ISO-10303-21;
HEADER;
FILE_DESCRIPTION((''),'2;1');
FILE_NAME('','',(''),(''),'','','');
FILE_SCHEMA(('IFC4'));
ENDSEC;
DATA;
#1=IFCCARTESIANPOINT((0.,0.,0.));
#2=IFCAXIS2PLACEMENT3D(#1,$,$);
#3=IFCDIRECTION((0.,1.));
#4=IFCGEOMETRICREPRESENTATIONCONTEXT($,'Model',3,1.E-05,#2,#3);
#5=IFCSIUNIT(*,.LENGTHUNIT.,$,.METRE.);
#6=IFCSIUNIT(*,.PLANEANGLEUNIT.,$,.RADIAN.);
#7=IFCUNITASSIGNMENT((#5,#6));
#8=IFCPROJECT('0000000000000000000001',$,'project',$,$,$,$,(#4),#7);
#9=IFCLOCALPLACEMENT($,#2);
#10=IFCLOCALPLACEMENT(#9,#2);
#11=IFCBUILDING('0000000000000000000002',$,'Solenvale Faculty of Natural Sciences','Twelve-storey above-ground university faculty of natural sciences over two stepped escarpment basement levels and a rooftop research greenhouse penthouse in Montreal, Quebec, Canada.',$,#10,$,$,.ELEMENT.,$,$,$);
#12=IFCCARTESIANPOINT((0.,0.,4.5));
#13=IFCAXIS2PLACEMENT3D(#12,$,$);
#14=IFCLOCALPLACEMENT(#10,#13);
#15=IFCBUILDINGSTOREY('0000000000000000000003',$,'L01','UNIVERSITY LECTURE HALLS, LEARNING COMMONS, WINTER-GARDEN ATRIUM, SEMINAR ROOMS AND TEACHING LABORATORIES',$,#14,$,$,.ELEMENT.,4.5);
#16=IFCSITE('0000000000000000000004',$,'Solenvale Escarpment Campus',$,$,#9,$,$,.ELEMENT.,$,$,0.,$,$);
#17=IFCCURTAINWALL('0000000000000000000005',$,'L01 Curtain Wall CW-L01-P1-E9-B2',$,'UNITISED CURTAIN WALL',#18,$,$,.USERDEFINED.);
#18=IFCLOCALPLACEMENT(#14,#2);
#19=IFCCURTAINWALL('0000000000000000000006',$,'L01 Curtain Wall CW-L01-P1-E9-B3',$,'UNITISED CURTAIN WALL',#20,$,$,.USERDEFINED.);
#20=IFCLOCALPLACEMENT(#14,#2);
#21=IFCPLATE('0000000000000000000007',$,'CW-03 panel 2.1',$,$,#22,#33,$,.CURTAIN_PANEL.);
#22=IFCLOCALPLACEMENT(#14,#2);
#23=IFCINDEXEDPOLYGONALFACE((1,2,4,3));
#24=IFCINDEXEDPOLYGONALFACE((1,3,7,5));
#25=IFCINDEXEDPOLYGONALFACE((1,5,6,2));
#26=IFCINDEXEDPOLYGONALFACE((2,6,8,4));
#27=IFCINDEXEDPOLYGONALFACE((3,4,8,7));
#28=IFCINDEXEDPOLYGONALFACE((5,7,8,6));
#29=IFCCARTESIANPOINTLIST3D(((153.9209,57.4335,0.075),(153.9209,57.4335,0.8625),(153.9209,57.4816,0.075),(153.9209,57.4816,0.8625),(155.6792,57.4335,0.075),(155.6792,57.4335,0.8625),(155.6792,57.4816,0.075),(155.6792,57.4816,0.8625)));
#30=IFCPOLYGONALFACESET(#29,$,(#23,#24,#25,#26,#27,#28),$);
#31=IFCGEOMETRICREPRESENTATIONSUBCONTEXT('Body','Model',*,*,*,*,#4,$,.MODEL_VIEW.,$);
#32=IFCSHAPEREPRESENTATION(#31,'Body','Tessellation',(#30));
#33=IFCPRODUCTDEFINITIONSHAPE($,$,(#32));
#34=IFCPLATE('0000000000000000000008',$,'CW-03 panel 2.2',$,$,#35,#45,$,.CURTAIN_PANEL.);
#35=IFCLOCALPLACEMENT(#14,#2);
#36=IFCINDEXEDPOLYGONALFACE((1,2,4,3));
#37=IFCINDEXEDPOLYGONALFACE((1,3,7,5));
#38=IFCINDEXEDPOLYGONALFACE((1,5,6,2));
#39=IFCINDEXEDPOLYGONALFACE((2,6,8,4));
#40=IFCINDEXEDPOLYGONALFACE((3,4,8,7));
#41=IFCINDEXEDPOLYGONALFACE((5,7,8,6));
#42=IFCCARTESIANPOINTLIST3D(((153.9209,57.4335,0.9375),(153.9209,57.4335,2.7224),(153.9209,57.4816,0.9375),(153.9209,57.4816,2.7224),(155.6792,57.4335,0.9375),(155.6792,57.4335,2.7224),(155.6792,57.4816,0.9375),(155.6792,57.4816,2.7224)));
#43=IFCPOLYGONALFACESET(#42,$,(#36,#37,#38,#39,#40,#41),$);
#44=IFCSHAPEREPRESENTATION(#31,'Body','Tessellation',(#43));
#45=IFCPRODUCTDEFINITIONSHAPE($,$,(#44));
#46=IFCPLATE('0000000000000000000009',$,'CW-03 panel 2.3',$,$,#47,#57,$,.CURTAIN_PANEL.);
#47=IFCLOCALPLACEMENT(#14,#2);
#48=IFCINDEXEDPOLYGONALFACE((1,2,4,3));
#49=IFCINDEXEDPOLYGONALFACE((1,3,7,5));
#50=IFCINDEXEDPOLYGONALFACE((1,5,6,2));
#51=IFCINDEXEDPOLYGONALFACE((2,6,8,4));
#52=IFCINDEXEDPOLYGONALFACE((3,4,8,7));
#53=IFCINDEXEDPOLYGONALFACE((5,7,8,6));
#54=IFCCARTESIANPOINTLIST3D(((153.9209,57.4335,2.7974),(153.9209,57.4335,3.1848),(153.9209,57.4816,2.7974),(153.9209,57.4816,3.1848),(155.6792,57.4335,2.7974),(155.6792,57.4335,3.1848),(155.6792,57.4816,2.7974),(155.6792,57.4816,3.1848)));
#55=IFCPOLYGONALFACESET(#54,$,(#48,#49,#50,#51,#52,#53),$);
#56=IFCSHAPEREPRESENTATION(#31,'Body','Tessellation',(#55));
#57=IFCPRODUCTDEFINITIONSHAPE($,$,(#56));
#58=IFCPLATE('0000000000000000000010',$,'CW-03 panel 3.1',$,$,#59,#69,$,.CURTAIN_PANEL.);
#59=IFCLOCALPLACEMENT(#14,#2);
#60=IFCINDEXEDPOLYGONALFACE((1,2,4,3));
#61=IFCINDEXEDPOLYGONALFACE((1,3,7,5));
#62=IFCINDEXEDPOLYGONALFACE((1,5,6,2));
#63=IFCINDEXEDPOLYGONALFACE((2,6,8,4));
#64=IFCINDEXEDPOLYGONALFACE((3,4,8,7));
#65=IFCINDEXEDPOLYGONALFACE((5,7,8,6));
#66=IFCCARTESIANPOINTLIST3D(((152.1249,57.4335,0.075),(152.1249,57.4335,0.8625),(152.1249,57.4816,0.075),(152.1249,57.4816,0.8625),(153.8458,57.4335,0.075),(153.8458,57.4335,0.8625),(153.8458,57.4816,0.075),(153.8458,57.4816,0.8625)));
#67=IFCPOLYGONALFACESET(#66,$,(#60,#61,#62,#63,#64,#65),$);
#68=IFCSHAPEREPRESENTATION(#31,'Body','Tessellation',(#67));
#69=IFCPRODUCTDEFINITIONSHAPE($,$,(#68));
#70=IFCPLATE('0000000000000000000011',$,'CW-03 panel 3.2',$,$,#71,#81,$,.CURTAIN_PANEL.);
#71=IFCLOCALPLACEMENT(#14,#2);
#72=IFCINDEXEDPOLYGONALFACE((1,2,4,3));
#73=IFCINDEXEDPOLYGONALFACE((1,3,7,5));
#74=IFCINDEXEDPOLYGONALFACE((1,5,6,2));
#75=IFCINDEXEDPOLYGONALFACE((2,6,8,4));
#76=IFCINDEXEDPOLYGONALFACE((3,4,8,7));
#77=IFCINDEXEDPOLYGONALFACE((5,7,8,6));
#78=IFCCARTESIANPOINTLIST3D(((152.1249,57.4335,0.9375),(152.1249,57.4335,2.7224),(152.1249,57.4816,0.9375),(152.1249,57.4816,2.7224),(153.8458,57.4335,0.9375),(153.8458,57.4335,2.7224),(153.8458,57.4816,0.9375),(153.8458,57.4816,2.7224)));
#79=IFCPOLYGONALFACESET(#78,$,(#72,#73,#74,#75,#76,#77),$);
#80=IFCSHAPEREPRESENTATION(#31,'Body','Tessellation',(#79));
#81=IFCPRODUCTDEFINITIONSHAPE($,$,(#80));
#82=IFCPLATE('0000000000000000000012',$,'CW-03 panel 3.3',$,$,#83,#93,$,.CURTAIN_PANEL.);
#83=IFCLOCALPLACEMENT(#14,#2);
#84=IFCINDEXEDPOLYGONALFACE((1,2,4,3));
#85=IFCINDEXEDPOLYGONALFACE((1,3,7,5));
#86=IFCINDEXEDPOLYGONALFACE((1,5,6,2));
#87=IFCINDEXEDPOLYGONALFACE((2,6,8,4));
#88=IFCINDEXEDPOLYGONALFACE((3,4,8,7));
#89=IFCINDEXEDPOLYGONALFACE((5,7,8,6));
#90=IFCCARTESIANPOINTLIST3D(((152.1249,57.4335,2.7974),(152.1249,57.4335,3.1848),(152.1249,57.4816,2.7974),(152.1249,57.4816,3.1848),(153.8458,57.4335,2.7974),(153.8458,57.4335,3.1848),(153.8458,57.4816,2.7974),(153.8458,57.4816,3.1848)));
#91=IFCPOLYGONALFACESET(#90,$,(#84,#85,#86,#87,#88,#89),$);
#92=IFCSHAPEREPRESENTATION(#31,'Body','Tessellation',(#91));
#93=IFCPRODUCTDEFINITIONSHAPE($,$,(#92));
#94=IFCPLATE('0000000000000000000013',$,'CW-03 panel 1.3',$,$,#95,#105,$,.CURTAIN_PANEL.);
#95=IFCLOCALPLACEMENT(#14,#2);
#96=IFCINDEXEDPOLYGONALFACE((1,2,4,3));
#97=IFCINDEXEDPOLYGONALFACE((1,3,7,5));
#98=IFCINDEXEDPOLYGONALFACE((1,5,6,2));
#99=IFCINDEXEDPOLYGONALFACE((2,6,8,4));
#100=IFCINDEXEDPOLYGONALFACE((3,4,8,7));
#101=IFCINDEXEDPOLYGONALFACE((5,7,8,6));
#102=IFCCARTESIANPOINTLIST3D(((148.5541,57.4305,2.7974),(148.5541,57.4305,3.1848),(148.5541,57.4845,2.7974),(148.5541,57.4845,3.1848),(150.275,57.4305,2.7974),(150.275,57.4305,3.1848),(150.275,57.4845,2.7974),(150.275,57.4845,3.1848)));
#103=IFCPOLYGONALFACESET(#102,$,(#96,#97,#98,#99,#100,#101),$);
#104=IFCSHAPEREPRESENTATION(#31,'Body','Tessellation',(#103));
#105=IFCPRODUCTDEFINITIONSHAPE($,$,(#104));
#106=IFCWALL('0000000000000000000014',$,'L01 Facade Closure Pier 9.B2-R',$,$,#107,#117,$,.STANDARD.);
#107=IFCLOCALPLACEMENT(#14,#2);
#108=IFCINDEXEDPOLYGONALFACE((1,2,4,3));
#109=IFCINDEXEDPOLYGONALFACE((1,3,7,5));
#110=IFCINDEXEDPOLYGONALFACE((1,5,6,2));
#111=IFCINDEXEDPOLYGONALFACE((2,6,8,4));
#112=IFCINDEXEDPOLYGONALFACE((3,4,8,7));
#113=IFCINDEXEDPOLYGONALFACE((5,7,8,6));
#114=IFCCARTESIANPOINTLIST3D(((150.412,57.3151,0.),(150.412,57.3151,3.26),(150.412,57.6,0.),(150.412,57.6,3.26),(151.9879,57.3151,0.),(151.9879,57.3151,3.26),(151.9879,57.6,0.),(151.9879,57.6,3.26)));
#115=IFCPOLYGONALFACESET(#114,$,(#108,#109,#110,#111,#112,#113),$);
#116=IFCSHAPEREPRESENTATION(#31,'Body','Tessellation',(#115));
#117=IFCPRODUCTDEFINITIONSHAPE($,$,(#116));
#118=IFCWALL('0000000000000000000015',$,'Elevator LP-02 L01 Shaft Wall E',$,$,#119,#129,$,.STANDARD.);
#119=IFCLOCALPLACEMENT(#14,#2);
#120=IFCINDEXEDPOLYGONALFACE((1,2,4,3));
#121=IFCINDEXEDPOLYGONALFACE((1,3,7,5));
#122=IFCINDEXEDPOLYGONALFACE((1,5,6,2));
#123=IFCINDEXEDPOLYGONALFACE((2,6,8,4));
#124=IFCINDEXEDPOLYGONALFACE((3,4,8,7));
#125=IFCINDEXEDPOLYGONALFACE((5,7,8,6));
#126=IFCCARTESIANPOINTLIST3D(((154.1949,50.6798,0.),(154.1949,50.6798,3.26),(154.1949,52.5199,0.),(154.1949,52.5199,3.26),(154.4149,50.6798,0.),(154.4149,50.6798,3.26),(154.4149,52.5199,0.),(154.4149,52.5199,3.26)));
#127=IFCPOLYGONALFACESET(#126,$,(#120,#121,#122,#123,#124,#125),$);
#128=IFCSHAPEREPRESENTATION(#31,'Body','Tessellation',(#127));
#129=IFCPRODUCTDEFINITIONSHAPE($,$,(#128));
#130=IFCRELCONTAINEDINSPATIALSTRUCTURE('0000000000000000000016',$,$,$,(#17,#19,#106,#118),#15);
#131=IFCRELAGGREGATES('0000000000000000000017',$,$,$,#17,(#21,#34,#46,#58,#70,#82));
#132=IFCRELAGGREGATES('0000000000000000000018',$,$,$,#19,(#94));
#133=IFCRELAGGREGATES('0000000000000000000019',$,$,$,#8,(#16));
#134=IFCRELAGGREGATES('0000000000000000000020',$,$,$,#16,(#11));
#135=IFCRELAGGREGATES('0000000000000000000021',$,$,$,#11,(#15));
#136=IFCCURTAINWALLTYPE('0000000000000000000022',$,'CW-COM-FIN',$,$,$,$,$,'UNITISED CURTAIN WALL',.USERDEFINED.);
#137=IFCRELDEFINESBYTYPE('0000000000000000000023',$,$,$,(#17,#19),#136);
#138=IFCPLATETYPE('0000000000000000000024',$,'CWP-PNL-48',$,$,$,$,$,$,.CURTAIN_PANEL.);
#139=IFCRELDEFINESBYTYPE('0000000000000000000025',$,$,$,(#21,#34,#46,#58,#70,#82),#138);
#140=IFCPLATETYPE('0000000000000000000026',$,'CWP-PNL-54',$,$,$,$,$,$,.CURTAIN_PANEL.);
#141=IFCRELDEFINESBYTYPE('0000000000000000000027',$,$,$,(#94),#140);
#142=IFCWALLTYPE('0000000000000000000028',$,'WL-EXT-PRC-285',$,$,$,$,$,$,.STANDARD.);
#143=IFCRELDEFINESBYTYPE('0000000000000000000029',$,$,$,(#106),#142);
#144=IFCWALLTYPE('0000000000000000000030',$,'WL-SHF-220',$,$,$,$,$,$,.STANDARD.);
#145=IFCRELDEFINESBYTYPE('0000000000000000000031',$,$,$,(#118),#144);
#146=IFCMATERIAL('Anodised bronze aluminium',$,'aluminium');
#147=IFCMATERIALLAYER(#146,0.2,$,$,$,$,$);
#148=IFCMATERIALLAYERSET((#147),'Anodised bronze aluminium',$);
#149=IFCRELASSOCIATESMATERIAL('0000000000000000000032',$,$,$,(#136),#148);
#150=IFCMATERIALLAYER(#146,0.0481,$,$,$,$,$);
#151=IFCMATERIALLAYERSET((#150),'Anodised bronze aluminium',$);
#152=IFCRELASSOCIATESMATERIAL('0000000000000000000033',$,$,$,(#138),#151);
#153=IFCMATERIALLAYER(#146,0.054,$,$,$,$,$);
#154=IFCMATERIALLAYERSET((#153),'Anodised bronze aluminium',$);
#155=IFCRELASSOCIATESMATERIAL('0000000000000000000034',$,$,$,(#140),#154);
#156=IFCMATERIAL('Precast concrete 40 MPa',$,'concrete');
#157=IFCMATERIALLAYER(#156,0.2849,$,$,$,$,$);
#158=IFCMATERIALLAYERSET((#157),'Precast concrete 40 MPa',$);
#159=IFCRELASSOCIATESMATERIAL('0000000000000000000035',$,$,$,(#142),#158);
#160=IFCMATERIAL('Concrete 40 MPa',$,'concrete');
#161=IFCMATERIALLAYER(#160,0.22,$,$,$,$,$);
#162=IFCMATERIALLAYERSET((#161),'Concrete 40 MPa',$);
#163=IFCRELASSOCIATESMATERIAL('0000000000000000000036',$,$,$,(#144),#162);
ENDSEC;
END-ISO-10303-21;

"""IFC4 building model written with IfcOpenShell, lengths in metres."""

from ifc_helpers import new_model, si_unit, direction, frame, frame_2d, origin, origin_2d, place, context, subcontext, project, spatial, rectangle, extrude, material, layer, layer_set, type_object, element, aggregate, save


model = new_model("IFC4")

# Units and contexts
model_context = context("Model", 3, precision=1e-05, world=origin(), true_north=direction((0.0, 1.0)))
body_context = subcontext(model_context, "Body", "Model", "MODEL_VIEW")
ifc_project = project(units=[si_unit("LENGTHUNIT", "METRE"), si_unit("PLANEANGLEUNIT", "RADIAN")], contexts=[model_context])

# Site, building, storey
site_placement = place(None, origin())
site = spatial("IfcSite", under=ifc_project, at=site_placement, Name="Solenvale Escarpment Campus", CompositionType="ELEMENT", RefElevation=0.0)
building_placement = place(site_placement, origin())
building = spatial("IfcBuilding", under=site, at=building_placement, Name="Solenvale Faculty of Natural Sciences", Description="Twelve-storey above-ground university faculty of natural sciences over two stepped escarpment basement levels and a rooftop research greenhouse penthouse in Montreal, Quebec, Canada.", CompositionType="ELEMENT")
storey_placement = place(building_placement, frame((0.0, 0.0, 4.5)))
storey = spatial("IfcBuildingStorey", under=building, at=storey_placement, Name="L01", Description="UNIVERSITY LECTURE HALLS, LEARNING COMMONS, WINTER-GARDEN ATRIUM, SEMINAR ROOMS AND TEACHING LABORATORIES", CompositionType="ELEMENT", Elevation=4.5)

# Shared definitions
ifc_material_1 = material(Name="Concrete 40 MPa", Category="concrete")

# Curtain wall
ifc_material_2 = material(Name="Anodised bronze aluminium", Category="aluminium")
ifc_layer_1 = layer(ifc_material_2, 0.2)
ifc_layer_set_1 = layer_set([ifc_layer_1], Name="Anodised bronze aluminium")
curtain_wall_type = type_object("IfcCurtainWallType", Name="CW-COM-FIN", ElementType="UNITISED CURTAIN WALL", PredefinedType="USERDEFINED", material=ifc_layer_set_1)
curtain_wall_1_placement = place(storey_placement, origin())
curtain_wall_1 = element("IfcCurtainWall", 1, at=curtain_wall_1_placement, inside=storey, type_object=curtain_wall_type, Name="L01 Curtain Wall CW-L01-P1-E9-B2", ObjectType="UNITISED CURTAIN WALL", PredefinedType="USERDEFINED")

# Curtain wall
curtain_wall_2_placement = place(storey_placement, origin())
curtain_wall_2 = element("IfcCurtainWall", 2, at=curtain_wall_2_placement, inside=storey, type_object=curtain_wall_type, Name="L01 Curtain Wall CW-L01-P1-E9-B3", ObjectType="UNITISED CURTAIN WALL", PredefinedType="USERDEFINED")

# Plates
ifc_layer_2 = layer(ifc_material_2, 0.0481)
ifc_layer_set_2 = layer_set([ifc_layer_2], Name="Anodised bronze aluminium")
plate_type_1 = type_object("IfcPlateType", Name="CWP-PNL-48", PredefinedType="CURTAIN_PANEL", material=ifc_layer_set_2)
plate_1_placement = place(storey_placement, frame((154.8, 57.4575, 0.075), z_axis=(0.0, 0.0, 1.0), x_axis=(-1.0, 0.0, 0.0)))
plate_1 = element("IfcPlate", 3, at=plate_1_placement, type_object=plate_type_1, Name="CW-03 panel 2.1", PredefinedType="CURTAIN_PANEL", context=body_context, shape_type="SweptSolid", body=[
    extrude(rectangle(XDim=1.7583, YDim=0.0481, at=origin_2d()), origin(), (0.0, 0.0, 1.0), 0.7876),
])
plate_2_placement = place(storey_placement, frame((154.8, 57.4575, 0.9375), z_axis=(0.0, 0.0, 1.0), x_axis=(-1.0, 0.0, 0.0)))
plate_2 = element("IfcPlate", 4, at=plate_2_placement, type_object=plate_type_1, Name="CW-03 panel 2.2", PredefinedType="CURTAIN_PANEL", context=body_context, shape_type="SweptSolid", body=[
    extrude(rectangle(XDim=1.7583, YDim=0.0481, at=origin_2d()), origin(), (0.0, 0.0, 1.0), 1.7849),
])
plate_3_placement = place(storey_placement, frame((154.8, 57.4575, 2.7974), z_axis=(0.0, 0.0, 1.0), x_axis=(-1.0, 0.0, 0.0)))
plate_3 = element("IfcPlate", 5, at=plate_3_placement, type_object=plate_type_1, Name="CW-03 panel 2.3", PredefinedType="CURTAIN_PANEL", context=body_context, shape_type="SweptSolid", body=[
    extrude(rectangle(XDim=1.7583, YDim=0.0481, at=origin_2d()), origin(), (0.0, 0.0, 1.0), 0.3875),
])
plate_4_placement = place(storey_placement, frame((152.9854, 57.4575, 0.075), z_axis=(0.0, 0.0, 1.0), x_axis=(-1.0, 0.0, 0.0)))
plate_4 = element("IfcPlate", 6, at=plate_4_placement, type_object=plate_type_1, Name="CW-03 panel 3.1", PredefinedType="CURTAIN_PANEL", context=body_context, shape_type="SweptSolid", body=[
    extrude(rectangle(XDim=1.7209, YDim=0.0481, at=origin_2d()), origin(), (0.0, 0.0, 1.0), 0.7876),
])
plate_5_placement = place(storey_placement, frame((152.9854, 57.4575, 0.9375), z_axis=(0.0, 0.0, 1.0), x_axis=(-1.0, 0.0, 0.0)))
plate_5 = element("IfcPlate", 7, at=plate_5_placement, type_object=plate_type_1, Name="CW-03 panel 3.2", PredefinedType="CURTAIN_PANEL", context=body_context, shape_type="SweptSolid", body=[
    extrude(rectangle(XDim=1.7209, YDim=0.0481, at=origin_2d()), origin(), (0.0, 0.0, 1.0), 1.7849),
])
plate_6_placement = place(storey_placement, frame((152.9854, 57.4575, 2.7974), z_axis=(0.0, 0.0, 1.0), x_axis=(-1.0, 0.0, 0.0)))
plate_6 = element("IfcPlate", 8, at=plate_6_placement, type_object=plate_type_1, Name="CW-03 panel 3.3", PredefinedType="CURTAIN_PANEL", context=body_context, shape_type="SweptSolid", body=[
    extrude(rectangle(XDim=1.7209, YDim=0.0481, at=origin_2d()), origin(), (0.0, 0.0, 1.0), 0.3875),
])
aggregate(curtain_wall_1, [plate_1, plate_2, plate_3, plate_4, plate_5, plate_6])
ifc_layer_3 = layer(ifc_material_2, 0.054)
ifc_layer_set_3 = layer_set([ifc_layer_3], Name="Anodised bronze aluminium")
plate_type_2 = type_object("IfcPlateType", Name="CWP-PNL-54", PredefinedType="CURTAIN_PANEL", material=ifc_layer_set_3)
plate_7_placement = place(storey_placement, frame((149.4146, 57.4575, 2.7974), z_axis=(0.0, 0.0, 1.0), x_axis=(-1.0, 0.0, 0.0)))
plate_7 = element("IfcPlate", 9, at=plate_7_placement, type_object=plate_type_2, Name="CW-03 panel 1.3", PredefinedType="CURTAIN_PANEL", context=body_context, shape_type="SweptSolid", body=[
    extrude(rectangle(XDim=1.7209, YDim=0.054, at=origin_2d()), origin(), (0.0, 0.0, 1.0), 0.3875),
])
aggregate(curtain_wall_2, [plate_7])

# Wall
ifc_material_3 = material(Name="Precast concrete 40 MPa", Category="concrete")
ifc_layer_4 = layer(ifc_material_3, 0.2849)
ifc_layer_set_4 = layer_set([ifc_layer_4], Name="Precast concrete 40 MPa")
wall_type_1 = type_object("IfcWallType", Name="WL-EXT-PRC-285", PredefinedType="STANDARD", material=ifc_layer_set_4)
wall_1_placement = place(storey_placement, frame((151.988, 57.4575, 0.0), z_axis=(0.0, 0.0, 1.0), x_axis=(-1.0, 0.0, 0.0)))
element("IfcWall", 10, at=wall_1_placement, inside=storey, type_object=wall_type_1, Name="L01 Facade Closure Pier 9.B2-R", PredefinedType="STANDARD", context=body_context, shape_type="SweptSolid", body=[
    extrude(rectangle(XDim=1.5759, YDim=0.2849, at=frame_2d((0.7881, 0.0))), origin(), (0.0, 0.0, 1.0), 3.26),
])

# Shared definitions
ifc_layer_5 = layer(ifc_material_1, 0.22)
ifc_layer_set_5 = layer_set([ifc_layer_5], Name="Concrete 40 MPa")
wall_type_2 = type_object("IfcWallType", Name="WL-SHF-220", PredefinedType="STANDARD", material=ifc_layer_set_5)

# Wall
wall_2_placement = place(storey_placement, frame((154.3049, 50.6799, 0.0), z_axis=(0.0, 0.0, 1.0), x_axis=(0.0, 1.0, 0.0)))
element("IfcWall", 11, at=wall_2_placement, inside=storey, type_object=wall_type_2, Name="Elevator LP-02 L01 Shaft Wall E", PredefinedType="STANDARD", context=body_context, shape_type="SweptSolid", body=[
    extrude(rectangle(XDim=1.8401, YDim=0.22, at=frame_2d((0.9199, 0.0))), origin(), (0.0, 0.0, 1.0), 3.26),
])

save(model, "model.ifc")
